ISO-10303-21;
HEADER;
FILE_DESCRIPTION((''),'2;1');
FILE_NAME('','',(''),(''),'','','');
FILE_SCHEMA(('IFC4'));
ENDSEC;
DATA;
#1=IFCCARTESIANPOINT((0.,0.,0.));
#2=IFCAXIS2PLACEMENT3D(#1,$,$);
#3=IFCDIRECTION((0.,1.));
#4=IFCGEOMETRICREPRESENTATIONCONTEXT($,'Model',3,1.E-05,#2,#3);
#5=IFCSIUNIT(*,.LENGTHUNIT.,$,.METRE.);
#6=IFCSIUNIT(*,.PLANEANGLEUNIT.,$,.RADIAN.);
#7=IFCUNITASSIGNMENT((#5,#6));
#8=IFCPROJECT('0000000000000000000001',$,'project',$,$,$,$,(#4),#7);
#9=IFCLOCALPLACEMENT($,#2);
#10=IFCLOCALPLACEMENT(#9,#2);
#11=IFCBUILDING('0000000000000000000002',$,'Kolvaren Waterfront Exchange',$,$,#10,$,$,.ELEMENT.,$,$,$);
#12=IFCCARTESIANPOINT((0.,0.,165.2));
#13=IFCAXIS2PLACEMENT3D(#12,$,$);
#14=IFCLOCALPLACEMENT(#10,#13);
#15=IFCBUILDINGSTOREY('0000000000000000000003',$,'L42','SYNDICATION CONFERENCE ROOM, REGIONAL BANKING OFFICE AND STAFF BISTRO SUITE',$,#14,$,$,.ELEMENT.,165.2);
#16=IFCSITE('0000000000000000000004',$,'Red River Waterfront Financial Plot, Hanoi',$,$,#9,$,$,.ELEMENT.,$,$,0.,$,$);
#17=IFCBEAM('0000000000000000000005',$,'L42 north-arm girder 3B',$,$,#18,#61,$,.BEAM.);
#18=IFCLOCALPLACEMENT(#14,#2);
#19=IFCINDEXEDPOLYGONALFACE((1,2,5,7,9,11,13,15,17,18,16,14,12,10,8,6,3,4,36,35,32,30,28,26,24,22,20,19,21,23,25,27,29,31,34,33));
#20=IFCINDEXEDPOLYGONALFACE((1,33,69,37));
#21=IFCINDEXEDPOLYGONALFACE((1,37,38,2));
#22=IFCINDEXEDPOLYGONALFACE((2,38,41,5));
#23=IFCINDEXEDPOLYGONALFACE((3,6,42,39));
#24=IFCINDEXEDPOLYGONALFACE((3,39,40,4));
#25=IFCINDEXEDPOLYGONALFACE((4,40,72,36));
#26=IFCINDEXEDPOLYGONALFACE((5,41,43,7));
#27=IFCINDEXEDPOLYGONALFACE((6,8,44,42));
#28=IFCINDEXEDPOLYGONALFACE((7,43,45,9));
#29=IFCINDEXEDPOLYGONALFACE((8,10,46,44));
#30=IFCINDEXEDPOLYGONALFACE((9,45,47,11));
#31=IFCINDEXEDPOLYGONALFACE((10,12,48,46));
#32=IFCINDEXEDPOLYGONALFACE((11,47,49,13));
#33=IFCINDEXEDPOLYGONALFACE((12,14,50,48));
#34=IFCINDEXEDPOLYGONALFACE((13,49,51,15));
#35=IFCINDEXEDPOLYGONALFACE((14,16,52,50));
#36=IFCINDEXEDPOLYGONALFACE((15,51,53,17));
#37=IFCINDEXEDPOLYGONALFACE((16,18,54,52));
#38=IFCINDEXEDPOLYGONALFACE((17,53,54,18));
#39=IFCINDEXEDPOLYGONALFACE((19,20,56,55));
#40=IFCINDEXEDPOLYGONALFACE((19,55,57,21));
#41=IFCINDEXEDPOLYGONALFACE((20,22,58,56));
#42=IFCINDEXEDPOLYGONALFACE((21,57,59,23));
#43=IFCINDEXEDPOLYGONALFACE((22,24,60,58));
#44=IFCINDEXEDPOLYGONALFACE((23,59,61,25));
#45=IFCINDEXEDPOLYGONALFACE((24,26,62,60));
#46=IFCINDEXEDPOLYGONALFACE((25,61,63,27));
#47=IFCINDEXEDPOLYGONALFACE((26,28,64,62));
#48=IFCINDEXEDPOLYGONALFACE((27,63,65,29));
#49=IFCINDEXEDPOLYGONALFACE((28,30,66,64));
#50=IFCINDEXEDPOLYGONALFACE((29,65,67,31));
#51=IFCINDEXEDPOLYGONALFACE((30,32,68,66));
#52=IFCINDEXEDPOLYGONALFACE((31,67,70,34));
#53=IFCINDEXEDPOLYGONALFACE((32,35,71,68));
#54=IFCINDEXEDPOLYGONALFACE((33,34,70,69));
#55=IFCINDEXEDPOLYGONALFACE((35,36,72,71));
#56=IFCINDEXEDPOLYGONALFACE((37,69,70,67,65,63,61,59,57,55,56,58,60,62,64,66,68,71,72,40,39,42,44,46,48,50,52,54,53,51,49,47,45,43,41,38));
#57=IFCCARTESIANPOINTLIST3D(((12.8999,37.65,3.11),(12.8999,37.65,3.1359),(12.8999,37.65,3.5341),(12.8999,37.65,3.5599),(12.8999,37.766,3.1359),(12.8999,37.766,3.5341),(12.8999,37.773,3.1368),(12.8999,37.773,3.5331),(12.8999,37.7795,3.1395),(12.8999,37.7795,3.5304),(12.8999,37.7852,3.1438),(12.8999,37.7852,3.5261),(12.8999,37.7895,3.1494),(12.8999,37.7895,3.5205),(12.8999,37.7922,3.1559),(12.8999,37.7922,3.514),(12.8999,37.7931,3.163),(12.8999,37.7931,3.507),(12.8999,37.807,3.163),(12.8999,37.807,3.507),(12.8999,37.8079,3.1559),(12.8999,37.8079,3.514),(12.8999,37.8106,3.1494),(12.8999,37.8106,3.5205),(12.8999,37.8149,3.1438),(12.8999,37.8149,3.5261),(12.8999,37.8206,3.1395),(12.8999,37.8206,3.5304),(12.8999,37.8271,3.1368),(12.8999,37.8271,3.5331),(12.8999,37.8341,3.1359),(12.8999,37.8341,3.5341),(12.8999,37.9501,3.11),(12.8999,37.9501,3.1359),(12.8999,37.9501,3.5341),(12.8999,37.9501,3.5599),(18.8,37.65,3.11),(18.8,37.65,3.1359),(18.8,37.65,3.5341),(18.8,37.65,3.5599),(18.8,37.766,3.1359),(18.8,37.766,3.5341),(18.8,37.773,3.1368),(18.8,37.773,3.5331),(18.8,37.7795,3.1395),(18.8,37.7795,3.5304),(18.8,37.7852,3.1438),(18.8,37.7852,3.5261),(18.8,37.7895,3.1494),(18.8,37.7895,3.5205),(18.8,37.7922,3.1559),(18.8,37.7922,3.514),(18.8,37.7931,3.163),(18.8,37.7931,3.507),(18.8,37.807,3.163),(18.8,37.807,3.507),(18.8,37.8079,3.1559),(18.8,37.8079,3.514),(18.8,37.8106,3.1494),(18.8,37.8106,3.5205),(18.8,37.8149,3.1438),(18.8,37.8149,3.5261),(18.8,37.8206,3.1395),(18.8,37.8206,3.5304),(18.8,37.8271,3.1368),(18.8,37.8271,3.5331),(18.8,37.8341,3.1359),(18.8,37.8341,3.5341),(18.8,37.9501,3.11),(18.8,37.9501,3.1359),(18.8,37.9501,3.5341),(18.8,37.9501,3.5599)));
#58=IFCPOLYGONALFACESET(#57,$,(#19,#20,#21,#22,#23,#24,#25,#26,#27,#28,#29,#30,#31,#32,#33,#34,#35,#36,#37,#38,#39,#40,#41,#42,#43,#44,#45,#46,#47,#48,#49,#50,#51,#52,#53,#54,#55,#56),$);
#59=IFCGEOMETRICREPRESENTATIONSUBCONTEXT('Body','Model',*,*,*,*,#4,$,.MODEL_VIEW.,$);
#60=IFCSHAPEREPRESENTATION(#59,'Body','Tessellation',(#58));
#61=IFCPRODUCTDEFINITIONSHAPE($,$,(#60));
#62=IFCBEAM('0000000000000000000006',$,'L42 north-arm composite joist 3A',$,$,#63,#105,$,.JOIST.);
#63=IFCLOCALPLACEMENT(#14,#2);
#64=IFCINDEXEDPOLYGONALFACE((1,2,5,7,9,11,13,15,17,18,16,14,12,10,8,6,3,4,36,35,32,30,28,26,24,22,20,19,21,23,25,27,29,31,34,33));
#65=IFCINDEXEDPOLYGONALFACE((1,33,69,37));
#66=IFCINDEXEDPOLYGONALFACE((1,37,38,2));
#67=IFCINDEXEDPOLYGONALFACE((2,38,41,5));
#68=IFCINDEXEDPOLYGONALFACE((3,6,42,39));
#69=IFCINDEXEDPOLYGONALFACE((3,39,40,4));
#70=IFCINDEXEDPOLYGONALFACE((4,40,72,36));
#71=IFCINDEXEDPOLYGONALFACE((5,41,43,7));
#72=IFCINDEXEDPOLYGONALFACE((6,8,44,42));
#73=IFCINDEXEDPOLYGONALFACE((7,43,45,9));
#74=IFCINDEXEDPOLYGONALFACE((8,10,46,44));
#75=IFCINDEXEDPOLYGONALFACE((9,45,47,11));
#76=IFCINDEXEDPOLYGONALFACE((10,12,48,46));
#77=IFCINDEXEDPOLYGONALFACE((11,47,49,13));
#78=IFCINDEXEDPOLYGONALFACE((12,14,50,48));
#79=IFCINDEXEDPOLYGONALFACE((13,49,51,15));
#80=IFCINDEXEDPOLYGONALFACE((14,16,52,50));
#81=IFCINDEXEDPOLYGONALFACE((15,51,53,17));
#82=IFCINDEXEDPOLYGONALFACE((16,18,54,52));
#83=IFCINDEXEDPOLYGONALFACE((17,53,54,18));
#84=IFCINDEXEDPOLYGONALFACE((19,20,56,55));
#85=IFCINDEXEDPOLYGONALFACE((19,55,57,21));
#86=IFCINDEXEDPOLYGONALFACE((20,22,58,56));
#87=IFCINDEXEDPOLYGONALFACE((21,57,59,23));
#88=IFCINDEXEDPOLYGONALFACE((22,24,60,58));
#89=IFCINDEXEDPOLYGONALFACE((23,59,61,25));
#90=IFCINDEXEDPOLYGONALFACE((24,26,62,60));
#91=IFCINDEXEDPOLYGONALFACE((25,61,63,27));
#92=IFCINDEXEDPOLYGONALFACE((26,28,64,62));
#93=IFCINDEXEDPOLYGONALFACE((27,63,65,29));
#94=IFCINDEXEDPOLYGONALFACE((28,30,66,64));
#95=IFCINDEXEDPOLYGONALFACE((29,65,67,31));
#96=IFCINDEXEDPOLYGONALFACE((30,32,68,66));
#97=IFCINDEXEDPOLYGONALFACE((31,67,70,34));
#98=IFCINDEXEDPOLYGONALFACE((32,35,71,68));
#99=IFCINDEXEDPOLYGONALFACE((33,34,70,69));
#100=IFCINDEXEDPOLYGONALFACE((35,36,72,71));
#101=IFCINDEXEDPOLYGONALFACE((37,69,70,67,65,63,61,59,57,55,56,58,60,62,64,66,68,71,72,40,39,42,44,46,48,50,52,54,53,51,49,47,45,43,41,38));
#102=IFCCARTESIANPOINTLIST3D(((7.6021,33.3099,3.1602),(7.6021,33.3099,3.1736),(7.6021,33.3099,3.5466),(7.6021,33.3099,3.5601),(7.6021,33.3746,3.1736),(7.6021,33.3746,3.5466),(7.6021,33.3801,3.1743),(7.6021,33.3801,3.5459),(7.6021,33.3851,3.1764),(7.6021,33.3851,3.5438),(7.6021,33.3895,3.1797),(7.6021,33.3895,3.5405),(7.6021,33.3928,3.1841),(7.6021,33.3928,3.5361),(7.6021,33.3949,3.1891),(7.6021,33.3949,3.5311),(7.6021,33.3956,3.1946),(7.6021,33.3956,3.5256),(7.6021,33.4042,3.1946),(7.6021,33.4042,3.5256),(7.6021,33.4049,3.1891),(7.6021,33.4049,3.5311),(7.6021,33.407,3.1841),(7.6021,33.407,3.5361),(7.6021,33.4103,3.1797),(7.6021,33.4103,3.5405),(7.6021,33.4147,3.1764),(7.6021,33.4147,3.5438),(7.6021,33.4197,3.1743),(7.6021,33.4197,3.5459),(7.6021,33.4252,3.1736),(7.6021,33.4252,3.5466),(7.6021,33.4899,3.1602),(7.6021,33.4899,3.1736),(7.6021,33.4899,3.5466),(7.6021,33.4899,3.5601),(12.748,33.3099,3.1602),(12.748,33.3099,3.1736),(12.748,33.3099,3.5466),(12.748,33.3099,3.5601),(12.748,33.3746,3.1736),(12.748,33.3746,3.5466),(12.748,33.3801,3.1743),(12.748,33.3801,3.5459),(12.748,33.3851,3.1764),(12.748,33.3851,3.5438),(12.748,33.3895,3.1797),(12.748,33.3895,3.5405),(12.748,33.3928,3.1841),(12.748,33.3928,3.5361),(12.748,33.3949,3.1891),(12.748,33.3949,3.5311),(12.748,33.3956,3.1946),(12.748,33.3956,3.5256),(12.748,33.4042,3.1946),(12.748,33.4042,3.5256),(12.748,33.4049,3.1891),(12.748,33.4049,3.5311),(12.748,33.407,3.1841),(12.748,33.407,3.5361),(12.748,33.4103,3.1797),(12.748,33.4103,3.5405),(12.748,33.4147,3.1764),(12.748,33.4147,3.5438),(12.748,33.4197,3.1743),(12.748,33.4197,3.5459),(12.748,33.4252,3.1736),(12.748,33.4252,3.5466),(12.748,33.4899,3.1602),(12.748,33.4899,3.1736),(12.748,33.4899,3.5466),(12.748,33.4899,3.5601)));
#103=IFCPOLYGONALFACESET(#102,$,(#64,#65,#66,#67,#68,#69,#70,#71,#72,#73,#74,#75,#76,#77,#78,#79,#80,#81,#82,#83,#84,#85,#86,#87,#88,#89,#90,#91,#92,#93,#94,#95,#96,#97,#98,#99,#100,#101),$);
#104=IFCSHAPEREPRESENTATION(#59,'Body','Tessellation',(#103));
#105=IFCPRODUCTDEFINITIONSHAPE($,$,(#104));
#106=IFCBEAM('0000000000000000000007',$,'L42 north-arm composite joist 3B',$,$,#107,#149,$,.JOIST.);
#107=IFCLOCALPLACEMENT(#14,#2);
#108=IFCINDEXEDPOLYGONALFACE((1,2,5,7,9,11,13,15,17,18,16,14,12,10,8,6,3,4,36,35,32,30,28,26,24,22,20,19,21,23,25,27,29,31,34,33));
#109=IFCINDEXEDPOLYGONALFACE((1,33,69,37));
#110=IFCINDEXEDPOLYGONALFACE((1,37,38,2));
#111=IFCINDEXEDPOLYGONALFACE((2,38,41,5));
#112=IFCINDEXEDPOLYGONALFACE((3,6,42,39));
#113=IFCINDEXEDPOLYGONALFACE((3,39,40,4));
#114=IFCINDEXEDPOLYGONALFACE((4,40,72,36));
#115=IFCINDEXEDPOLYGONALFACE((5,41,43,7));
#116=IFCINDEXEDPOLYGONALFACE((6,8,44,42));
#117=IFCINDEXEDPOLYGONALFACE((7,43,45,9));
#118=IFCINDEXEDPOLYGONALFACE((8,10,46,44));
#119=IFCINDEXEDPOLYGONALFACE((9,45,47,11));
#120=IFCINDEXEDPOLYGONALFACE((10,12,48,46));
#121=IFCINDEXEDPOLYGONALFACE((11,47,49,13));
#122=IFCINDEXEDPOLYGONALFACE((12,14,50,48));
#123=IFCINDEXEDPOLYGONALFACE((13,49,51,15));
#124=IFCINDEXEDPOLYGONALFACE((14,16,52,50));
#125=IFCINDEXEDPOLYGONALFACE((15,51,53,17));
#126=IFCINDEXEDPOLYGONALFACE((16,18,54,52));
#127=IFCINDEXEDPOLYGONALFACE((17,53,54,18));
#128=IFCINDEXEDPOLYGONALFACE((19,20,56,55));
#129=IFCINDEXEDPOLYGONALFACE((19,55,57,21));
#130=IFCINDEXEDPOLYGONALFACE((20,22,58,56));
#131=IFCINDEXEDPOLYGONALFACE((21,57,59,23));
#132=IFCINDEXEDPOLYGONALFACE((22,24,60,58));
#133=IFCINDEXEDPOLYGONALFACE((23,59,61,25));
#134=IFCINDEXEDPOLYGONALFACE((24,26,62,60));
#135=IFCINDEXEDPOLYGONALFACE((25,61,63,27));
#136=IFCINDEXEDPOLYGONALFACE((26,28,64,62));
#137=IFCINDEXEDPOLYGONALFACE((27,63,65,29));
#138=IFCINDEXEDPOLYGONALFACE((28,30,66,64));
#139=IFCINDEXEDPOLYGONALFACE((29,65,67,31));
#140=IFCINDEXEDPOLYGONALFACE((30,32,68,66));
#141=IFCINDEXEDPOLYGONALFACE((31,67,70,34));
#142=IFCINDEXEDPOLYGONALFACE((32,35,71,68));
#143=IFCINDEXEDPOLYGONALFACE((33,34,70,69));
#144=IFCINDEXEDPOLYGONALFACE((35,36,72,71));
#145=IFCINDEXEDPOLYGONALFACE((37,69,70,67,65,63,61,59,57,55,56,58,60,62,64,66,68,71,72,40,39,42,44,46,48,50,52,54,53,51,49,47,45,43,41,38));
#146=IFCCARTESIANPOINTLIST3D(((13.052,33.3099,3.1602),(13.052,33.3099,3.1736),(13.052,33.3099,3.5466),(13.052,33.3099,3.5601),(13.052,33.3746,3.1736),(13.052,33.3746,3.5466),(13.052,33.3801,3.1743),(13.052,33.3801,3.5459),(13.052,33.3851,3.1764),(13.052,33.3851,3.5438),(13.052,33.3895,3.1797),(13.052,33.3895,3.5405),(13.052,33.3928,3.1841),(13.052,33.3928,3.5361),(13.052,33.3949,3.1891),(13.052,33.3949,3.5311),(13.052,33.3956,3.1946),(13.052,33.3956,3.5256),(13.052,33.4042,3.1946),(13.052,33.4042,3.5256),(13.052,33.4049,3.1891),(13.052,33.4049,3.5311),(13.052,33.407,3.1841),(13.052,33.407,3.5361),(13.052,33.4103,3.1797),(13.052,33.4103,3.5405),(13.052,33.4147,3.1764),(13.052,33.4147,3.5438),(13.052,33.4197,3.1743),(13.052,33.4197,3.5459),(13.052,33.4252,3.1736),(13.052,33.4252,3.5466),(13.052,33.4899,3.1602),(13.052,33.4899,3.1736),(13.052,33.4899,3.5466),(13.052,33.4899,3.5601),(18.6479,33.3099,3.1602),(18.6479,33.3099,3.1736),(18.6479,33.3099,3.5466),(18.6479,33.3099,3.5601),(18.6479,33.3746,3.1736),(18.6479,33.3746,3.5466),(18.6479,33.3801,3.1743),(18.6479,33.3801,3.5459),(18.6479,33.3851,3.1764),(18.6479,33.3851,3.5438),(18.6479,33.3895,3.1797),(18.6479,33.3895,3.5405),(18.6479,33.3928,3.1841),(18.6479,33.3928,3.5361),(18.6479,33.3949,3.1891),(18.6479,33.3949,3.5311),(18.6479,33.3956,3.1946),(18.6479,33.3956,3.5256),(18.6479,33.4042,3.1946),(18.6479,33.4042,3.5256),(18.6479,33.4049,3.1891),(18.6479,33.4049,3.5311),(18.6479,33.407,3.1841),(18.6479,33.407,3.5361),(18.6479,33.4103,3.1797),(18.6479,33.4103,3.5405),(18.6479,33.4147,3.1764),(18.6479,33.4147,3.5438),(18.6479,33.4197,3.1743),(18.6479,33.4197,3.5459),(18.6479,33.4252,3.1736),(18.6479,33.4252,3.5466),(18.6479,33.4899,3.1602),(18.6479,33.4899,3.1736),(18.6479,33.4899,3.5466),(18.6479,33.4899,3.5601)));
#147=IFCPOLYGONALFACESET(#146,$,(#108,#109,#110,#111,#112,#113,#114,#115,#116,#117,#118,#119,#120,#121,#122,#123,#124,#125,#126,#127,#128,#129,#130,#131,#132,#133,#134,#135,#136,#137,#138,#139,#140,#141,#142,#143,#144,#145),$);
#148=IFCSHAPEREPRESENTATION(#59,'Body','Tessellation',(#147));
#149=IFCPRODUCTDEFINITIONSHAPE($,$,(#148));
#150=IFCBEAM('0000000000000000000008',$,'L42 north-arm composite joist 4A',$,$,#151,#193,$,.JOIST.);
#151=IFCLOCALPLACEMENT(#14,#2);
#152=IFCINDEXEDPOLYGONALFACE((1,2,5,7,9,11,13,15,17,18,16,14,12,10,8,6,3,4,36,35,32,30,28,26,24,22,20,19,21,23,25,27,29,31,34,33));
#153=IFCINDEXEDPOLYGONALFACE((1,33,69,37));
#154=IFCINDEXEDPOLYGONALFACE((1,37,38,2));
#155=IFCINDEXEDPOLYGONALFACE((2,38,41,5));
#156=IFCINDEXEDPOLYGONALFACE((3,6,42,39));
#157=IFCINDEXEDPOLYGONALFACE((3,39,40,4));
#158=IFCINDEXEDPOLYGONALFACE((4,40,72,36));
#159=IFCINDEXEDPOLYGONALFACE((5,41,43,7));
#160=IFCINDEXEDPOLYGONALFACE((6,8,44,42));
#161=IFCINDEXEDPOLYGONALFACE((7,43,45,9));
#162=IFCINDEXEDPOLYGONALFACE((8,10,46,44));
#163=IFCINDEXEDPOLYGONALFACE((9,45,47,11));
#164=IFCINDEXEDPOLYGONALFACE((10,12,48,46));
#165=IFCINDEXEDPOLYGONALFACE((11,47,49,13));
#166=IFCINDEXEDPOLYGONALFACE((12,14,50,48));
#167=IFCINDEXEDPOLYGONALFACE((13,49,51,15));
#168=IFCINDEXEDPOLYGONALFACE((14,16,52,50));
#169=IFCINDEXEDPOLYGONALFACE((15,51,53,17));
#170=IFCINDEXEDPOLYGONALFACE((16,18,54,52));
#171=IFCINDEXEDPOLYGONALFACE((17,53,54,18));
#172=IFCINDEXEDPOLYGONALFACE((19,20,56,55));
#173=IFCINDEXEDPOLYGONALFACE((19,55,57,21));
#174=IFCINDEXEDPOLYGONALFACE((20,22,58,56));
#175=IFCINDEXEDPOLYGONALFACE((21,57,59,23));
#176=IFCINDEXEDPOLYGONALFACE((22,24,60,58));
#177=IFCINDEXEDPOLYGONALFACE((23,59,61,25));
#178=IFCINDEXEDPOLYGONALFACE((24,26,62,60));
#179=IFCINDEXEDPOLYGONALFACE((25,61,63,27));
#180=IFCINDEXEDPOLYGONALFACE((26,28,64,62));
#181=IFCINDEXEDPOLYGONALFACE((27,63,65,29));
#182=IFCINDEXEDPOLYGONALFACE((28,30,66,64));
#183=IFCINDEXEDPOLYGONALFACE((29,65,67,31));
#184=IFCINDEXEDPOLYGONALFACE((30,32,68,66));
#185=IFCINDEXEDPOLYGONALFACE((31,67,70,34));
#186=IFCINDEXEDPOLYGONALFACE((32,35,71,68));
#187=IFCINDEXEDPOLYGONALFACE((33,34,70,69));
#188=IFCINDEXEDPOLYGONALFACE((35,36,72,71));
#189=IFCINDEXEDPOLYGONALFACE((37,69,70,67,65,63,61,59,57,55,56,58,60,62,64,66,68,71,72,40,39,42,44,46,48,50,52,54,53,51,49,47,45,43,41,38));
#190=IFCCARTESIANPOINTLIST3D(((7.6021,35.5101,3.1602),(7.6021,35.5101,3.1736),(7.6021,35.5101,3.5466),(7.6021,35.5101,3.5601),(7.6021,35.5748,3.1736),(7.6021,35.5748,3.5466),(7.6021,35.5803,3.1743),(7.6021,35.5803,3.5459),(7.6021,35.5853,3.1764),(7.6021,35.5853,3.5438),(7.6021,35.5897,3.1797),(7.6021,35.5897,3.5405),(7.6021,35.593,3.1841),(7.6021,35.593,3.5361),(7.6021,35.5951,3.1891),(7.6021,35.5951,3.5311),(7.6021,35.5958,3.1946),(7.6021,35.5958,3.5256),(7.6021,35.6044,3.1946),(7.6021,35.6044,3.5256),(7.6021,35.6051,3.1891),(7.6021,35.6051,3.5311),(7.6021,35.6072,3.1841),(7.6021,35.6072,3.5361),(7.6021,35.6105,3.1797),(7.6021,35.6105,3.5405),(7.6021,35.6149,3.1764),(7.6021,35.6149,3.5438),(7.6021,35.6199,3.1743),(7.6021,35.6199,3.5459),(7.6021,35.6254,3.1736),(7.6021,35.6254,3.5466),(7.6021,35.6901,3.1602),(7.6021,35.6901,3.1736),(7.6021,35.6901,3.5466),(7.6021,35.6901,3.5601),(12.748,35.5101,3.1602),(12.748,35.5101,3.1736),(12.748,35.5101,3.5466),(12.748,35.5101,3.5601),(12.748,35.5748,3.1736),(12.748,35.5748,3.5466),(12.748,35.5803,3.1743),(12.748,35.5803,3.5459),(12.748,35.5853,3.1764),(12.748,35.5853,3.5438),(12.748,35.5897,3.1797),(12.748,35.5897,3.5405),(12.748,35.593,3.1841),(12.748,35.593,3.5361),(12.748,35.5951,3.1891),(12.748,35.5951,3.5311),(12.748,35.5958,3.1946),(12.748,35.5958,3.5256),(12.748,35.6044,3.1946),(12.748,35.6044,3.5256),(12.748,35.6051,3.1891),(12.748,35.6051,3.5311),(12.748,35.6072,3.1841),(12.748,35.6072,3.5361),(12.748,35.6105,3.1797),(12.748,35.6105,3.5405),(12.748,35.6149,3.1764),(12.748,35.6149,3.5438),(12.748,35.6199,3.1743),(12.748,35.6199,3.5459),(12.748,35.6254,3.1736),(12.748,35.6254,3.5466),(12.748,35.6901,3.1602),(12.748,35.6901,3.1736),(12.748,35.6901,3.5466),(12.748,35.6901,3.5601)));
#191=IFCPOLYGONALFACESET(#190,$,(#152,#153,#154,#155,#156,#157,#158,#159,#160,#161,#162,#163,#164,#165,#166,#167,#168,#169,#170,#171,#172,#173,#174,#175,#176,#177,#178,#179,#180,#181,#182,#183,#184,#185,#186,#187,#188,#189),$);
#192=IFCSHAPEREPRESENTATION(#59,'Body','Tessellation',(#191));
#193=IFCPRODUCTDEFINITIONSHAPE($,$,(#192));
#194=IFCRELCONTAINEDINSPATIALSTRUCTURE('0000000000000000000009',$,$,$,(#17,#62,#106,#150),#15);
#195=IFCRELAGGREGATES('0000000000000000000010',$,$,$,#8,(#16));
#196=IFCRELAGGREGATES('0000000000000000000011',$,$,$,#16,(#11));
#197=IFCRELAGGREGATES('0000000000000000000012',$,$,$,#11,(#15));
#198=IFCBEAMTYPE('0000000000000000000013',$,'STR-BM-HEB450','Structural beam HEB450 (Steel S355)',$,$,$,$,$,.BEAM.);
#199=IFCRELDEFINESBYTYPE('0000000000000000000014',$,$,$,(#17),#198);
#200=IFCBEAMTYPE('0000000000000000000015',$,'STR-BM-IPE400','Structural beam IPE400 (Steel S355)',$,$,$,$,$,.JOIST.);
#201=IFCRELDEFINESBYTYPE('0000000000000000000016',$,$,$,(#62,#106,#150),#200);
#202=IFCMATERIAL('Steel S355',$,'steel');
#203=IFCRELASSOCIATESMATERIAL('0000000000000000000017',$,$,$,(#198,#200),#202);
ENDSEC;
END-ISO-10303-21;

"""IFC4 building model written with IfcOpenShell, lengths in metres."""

from ifc_helpers import new_model, si_unit, direction, frame, origin, origin_2d, place, context, subcontext, project, spatial, i_section, extrude, material, material_profile, profile_set, type_object, element, save


model = new_model("IFC4")

# Units and contexts
model_context = context("Model", 3, precision=1e-05, world=origin(), true_north=direction((0.0, 1.0)))
body_context = subcontext(model_context, "Body", "Model", "MODEL_VIEW")
ifc_project = project(units=[si_unit("LENGTHUNIT", "METRE"), si_unit("PLANEANGLEUNIT", "RADIAN")], contexts=[model_context])

# Site, building, storey
site_placement = place(None, origin())
site = spatial("IfcSite", under=ifc_project, at=site_placement, Name="Red River Waterfront Financial Plot, Hanoi", CompositionType="ELEMENT", RefElevation=0.0)
building_placement = place(site_placement, origin())
building = spatial("IfcBuilding", under=site, at=building_placement, Name="Kolvaren Waterfront Exchange", CompositionType="ELEMENT")
storey_placement = place(building_placement, frame((0.0, 0.0, 165.2)))
storey = spatial("IfcBuildingStorey", under=building, at=storey_placement, Name="L42", Description="SYNDICATION CONFERENCE ROOM, REGIONAL BANKING OFFICE AND STAFF BISTRO SUITE", CompositionType="ELEMENT", Elevation=165.2)

# Beams
ifc_material_1 = material(Name="Steel S355", Category="steel")
ifc_material_profile_1 = material_profile(ifc_material_1, i_section(OverallWidth=0.3, OverallDepth=0.45, WebThickness=0.0139, FlangeThickness=0.0259, FilletRadius=0.0271, at=origin_2d()), Name="HEB450")
ifc_profile_set_1 = profile_set([ifc_material_profile_1], Name="Steel S355")
beam_type_1 = type_object("IfcBeamType", Name="STR-BM-HEB450", Description="Structural beam HEB450 (Steel S355)", PredefinedType="BEAM", material=ifc_profile_set_1)
beam_1_placement = place(storey_placement, frame((12.8999, 37.8, 3.335), z_axis=(1.0, 0.0, 0.0), x_axis=(0.0, 1.0, 0.0)))
element("IfcBeam", 1, at=beam_1_placement, inside=storey, type_object=beam_type_1, Name="L42 north-arm girder 3B", PredefinedType="BEAM", context=body_context, shape_type="SweptSolid", body=[
    extrude(i_section(OverallWidth=0.3, OverallDepth=0.45, WebThickness=0.0139, FlangeThickness=0.0259, FilletRadius=0.0271, at=origin_2d()), origin(), (0.0, 0.0, 1.0), 5.9001),
])
ifc_material_profile_2 = material_profile(ifc_material_1, i_section(OverallWidth=0.1799, OverallDepth=0.3999, WebThickness=0.0085, FlangeThickness=0.0134, FilletRadius=0.021, at=origin_2d()), Name="IPE400")
ifc_profile_set_2 = profile_set([ifc_material_profile_2], Name="Steel S355")
beam_type_2 = type_object("IfcBeamType", Name="STR-BM-IPE400", Description="Structural beam IPE400 (Steel S355)", PredefinedType="JOIST", material=ifc_profile_set_2)
beam_2_placement = place(storey_placement, frame((7.6021, 33.3999, 3.3601), z_axis=(1.0, 0.0, 0.0), x_axis=(0.0, 1.0, 0.0)))
element("IfcBeam", 2, at=beam_2_placement, inside=storey, type_object=beam_type_2, Name="L42 north-arm composite joist 3A", PredefinedType="JOIST", context=body_context, shape_type="SweptSolid", body=[
    extrude(i_section(OverallWidth=0.1799, OverallDepth=0.3999, WebThickness=0.0085, FlangeThickness=0.0134, FilletRadius=0.021, at=origin_2d()), origin(), (0.0, 0.0, 1.0), 5.146),
])
beam_3_placement = place(storey_placement, frame((13.052, 33.3999, 3.3601), z_axis=(1.0, 0.0, 0.0), x_axis=(0.0, 1.0, 0.0)))
element("IfcBeam", 3, at=beam_3_placement, inside=storey, type_object=beam_type_2, Name="L42 north-arm composite joist 3B", PredefinedType="JOIST", context=body_context, shape_type="SweptSolid", body=[
    extrude(i_section(OverallWidth=0.1799, OverallDepth=0.3999, WebThickness=0.0085, FlangeThickness=0.0134, FilletRadius=0.021, at=origin_2d()), origin(), (0.0, 0.0, 1.0), 5.5959),
])
beam_4_placement = place(storey_placement, frame((7.6021, 35.6001, 3.3601), z_axis=(1.0, 0.0, 0.0), x_axis=(0.0, 1.0, 0.0)))
element("IfcBeam", 4, at=beam_4_placement, inside=storey, type_object=beam_type_2, Name="L42 north-arm composite joist 4A", PredefinedType="JOIST", context=body_context, shape_type="SweptSolid", body=[
    extrude(i_section(OverallWidth=0.1799, OverallDepth=0.3999, WebThickness=0.0085, FlangeThickness=0.0134, FilletRadius=0.021, at=origin_2d()), origin(), (0.0, 0.0, 1.0), 5.146),
])

save(model, "model.ifc")
